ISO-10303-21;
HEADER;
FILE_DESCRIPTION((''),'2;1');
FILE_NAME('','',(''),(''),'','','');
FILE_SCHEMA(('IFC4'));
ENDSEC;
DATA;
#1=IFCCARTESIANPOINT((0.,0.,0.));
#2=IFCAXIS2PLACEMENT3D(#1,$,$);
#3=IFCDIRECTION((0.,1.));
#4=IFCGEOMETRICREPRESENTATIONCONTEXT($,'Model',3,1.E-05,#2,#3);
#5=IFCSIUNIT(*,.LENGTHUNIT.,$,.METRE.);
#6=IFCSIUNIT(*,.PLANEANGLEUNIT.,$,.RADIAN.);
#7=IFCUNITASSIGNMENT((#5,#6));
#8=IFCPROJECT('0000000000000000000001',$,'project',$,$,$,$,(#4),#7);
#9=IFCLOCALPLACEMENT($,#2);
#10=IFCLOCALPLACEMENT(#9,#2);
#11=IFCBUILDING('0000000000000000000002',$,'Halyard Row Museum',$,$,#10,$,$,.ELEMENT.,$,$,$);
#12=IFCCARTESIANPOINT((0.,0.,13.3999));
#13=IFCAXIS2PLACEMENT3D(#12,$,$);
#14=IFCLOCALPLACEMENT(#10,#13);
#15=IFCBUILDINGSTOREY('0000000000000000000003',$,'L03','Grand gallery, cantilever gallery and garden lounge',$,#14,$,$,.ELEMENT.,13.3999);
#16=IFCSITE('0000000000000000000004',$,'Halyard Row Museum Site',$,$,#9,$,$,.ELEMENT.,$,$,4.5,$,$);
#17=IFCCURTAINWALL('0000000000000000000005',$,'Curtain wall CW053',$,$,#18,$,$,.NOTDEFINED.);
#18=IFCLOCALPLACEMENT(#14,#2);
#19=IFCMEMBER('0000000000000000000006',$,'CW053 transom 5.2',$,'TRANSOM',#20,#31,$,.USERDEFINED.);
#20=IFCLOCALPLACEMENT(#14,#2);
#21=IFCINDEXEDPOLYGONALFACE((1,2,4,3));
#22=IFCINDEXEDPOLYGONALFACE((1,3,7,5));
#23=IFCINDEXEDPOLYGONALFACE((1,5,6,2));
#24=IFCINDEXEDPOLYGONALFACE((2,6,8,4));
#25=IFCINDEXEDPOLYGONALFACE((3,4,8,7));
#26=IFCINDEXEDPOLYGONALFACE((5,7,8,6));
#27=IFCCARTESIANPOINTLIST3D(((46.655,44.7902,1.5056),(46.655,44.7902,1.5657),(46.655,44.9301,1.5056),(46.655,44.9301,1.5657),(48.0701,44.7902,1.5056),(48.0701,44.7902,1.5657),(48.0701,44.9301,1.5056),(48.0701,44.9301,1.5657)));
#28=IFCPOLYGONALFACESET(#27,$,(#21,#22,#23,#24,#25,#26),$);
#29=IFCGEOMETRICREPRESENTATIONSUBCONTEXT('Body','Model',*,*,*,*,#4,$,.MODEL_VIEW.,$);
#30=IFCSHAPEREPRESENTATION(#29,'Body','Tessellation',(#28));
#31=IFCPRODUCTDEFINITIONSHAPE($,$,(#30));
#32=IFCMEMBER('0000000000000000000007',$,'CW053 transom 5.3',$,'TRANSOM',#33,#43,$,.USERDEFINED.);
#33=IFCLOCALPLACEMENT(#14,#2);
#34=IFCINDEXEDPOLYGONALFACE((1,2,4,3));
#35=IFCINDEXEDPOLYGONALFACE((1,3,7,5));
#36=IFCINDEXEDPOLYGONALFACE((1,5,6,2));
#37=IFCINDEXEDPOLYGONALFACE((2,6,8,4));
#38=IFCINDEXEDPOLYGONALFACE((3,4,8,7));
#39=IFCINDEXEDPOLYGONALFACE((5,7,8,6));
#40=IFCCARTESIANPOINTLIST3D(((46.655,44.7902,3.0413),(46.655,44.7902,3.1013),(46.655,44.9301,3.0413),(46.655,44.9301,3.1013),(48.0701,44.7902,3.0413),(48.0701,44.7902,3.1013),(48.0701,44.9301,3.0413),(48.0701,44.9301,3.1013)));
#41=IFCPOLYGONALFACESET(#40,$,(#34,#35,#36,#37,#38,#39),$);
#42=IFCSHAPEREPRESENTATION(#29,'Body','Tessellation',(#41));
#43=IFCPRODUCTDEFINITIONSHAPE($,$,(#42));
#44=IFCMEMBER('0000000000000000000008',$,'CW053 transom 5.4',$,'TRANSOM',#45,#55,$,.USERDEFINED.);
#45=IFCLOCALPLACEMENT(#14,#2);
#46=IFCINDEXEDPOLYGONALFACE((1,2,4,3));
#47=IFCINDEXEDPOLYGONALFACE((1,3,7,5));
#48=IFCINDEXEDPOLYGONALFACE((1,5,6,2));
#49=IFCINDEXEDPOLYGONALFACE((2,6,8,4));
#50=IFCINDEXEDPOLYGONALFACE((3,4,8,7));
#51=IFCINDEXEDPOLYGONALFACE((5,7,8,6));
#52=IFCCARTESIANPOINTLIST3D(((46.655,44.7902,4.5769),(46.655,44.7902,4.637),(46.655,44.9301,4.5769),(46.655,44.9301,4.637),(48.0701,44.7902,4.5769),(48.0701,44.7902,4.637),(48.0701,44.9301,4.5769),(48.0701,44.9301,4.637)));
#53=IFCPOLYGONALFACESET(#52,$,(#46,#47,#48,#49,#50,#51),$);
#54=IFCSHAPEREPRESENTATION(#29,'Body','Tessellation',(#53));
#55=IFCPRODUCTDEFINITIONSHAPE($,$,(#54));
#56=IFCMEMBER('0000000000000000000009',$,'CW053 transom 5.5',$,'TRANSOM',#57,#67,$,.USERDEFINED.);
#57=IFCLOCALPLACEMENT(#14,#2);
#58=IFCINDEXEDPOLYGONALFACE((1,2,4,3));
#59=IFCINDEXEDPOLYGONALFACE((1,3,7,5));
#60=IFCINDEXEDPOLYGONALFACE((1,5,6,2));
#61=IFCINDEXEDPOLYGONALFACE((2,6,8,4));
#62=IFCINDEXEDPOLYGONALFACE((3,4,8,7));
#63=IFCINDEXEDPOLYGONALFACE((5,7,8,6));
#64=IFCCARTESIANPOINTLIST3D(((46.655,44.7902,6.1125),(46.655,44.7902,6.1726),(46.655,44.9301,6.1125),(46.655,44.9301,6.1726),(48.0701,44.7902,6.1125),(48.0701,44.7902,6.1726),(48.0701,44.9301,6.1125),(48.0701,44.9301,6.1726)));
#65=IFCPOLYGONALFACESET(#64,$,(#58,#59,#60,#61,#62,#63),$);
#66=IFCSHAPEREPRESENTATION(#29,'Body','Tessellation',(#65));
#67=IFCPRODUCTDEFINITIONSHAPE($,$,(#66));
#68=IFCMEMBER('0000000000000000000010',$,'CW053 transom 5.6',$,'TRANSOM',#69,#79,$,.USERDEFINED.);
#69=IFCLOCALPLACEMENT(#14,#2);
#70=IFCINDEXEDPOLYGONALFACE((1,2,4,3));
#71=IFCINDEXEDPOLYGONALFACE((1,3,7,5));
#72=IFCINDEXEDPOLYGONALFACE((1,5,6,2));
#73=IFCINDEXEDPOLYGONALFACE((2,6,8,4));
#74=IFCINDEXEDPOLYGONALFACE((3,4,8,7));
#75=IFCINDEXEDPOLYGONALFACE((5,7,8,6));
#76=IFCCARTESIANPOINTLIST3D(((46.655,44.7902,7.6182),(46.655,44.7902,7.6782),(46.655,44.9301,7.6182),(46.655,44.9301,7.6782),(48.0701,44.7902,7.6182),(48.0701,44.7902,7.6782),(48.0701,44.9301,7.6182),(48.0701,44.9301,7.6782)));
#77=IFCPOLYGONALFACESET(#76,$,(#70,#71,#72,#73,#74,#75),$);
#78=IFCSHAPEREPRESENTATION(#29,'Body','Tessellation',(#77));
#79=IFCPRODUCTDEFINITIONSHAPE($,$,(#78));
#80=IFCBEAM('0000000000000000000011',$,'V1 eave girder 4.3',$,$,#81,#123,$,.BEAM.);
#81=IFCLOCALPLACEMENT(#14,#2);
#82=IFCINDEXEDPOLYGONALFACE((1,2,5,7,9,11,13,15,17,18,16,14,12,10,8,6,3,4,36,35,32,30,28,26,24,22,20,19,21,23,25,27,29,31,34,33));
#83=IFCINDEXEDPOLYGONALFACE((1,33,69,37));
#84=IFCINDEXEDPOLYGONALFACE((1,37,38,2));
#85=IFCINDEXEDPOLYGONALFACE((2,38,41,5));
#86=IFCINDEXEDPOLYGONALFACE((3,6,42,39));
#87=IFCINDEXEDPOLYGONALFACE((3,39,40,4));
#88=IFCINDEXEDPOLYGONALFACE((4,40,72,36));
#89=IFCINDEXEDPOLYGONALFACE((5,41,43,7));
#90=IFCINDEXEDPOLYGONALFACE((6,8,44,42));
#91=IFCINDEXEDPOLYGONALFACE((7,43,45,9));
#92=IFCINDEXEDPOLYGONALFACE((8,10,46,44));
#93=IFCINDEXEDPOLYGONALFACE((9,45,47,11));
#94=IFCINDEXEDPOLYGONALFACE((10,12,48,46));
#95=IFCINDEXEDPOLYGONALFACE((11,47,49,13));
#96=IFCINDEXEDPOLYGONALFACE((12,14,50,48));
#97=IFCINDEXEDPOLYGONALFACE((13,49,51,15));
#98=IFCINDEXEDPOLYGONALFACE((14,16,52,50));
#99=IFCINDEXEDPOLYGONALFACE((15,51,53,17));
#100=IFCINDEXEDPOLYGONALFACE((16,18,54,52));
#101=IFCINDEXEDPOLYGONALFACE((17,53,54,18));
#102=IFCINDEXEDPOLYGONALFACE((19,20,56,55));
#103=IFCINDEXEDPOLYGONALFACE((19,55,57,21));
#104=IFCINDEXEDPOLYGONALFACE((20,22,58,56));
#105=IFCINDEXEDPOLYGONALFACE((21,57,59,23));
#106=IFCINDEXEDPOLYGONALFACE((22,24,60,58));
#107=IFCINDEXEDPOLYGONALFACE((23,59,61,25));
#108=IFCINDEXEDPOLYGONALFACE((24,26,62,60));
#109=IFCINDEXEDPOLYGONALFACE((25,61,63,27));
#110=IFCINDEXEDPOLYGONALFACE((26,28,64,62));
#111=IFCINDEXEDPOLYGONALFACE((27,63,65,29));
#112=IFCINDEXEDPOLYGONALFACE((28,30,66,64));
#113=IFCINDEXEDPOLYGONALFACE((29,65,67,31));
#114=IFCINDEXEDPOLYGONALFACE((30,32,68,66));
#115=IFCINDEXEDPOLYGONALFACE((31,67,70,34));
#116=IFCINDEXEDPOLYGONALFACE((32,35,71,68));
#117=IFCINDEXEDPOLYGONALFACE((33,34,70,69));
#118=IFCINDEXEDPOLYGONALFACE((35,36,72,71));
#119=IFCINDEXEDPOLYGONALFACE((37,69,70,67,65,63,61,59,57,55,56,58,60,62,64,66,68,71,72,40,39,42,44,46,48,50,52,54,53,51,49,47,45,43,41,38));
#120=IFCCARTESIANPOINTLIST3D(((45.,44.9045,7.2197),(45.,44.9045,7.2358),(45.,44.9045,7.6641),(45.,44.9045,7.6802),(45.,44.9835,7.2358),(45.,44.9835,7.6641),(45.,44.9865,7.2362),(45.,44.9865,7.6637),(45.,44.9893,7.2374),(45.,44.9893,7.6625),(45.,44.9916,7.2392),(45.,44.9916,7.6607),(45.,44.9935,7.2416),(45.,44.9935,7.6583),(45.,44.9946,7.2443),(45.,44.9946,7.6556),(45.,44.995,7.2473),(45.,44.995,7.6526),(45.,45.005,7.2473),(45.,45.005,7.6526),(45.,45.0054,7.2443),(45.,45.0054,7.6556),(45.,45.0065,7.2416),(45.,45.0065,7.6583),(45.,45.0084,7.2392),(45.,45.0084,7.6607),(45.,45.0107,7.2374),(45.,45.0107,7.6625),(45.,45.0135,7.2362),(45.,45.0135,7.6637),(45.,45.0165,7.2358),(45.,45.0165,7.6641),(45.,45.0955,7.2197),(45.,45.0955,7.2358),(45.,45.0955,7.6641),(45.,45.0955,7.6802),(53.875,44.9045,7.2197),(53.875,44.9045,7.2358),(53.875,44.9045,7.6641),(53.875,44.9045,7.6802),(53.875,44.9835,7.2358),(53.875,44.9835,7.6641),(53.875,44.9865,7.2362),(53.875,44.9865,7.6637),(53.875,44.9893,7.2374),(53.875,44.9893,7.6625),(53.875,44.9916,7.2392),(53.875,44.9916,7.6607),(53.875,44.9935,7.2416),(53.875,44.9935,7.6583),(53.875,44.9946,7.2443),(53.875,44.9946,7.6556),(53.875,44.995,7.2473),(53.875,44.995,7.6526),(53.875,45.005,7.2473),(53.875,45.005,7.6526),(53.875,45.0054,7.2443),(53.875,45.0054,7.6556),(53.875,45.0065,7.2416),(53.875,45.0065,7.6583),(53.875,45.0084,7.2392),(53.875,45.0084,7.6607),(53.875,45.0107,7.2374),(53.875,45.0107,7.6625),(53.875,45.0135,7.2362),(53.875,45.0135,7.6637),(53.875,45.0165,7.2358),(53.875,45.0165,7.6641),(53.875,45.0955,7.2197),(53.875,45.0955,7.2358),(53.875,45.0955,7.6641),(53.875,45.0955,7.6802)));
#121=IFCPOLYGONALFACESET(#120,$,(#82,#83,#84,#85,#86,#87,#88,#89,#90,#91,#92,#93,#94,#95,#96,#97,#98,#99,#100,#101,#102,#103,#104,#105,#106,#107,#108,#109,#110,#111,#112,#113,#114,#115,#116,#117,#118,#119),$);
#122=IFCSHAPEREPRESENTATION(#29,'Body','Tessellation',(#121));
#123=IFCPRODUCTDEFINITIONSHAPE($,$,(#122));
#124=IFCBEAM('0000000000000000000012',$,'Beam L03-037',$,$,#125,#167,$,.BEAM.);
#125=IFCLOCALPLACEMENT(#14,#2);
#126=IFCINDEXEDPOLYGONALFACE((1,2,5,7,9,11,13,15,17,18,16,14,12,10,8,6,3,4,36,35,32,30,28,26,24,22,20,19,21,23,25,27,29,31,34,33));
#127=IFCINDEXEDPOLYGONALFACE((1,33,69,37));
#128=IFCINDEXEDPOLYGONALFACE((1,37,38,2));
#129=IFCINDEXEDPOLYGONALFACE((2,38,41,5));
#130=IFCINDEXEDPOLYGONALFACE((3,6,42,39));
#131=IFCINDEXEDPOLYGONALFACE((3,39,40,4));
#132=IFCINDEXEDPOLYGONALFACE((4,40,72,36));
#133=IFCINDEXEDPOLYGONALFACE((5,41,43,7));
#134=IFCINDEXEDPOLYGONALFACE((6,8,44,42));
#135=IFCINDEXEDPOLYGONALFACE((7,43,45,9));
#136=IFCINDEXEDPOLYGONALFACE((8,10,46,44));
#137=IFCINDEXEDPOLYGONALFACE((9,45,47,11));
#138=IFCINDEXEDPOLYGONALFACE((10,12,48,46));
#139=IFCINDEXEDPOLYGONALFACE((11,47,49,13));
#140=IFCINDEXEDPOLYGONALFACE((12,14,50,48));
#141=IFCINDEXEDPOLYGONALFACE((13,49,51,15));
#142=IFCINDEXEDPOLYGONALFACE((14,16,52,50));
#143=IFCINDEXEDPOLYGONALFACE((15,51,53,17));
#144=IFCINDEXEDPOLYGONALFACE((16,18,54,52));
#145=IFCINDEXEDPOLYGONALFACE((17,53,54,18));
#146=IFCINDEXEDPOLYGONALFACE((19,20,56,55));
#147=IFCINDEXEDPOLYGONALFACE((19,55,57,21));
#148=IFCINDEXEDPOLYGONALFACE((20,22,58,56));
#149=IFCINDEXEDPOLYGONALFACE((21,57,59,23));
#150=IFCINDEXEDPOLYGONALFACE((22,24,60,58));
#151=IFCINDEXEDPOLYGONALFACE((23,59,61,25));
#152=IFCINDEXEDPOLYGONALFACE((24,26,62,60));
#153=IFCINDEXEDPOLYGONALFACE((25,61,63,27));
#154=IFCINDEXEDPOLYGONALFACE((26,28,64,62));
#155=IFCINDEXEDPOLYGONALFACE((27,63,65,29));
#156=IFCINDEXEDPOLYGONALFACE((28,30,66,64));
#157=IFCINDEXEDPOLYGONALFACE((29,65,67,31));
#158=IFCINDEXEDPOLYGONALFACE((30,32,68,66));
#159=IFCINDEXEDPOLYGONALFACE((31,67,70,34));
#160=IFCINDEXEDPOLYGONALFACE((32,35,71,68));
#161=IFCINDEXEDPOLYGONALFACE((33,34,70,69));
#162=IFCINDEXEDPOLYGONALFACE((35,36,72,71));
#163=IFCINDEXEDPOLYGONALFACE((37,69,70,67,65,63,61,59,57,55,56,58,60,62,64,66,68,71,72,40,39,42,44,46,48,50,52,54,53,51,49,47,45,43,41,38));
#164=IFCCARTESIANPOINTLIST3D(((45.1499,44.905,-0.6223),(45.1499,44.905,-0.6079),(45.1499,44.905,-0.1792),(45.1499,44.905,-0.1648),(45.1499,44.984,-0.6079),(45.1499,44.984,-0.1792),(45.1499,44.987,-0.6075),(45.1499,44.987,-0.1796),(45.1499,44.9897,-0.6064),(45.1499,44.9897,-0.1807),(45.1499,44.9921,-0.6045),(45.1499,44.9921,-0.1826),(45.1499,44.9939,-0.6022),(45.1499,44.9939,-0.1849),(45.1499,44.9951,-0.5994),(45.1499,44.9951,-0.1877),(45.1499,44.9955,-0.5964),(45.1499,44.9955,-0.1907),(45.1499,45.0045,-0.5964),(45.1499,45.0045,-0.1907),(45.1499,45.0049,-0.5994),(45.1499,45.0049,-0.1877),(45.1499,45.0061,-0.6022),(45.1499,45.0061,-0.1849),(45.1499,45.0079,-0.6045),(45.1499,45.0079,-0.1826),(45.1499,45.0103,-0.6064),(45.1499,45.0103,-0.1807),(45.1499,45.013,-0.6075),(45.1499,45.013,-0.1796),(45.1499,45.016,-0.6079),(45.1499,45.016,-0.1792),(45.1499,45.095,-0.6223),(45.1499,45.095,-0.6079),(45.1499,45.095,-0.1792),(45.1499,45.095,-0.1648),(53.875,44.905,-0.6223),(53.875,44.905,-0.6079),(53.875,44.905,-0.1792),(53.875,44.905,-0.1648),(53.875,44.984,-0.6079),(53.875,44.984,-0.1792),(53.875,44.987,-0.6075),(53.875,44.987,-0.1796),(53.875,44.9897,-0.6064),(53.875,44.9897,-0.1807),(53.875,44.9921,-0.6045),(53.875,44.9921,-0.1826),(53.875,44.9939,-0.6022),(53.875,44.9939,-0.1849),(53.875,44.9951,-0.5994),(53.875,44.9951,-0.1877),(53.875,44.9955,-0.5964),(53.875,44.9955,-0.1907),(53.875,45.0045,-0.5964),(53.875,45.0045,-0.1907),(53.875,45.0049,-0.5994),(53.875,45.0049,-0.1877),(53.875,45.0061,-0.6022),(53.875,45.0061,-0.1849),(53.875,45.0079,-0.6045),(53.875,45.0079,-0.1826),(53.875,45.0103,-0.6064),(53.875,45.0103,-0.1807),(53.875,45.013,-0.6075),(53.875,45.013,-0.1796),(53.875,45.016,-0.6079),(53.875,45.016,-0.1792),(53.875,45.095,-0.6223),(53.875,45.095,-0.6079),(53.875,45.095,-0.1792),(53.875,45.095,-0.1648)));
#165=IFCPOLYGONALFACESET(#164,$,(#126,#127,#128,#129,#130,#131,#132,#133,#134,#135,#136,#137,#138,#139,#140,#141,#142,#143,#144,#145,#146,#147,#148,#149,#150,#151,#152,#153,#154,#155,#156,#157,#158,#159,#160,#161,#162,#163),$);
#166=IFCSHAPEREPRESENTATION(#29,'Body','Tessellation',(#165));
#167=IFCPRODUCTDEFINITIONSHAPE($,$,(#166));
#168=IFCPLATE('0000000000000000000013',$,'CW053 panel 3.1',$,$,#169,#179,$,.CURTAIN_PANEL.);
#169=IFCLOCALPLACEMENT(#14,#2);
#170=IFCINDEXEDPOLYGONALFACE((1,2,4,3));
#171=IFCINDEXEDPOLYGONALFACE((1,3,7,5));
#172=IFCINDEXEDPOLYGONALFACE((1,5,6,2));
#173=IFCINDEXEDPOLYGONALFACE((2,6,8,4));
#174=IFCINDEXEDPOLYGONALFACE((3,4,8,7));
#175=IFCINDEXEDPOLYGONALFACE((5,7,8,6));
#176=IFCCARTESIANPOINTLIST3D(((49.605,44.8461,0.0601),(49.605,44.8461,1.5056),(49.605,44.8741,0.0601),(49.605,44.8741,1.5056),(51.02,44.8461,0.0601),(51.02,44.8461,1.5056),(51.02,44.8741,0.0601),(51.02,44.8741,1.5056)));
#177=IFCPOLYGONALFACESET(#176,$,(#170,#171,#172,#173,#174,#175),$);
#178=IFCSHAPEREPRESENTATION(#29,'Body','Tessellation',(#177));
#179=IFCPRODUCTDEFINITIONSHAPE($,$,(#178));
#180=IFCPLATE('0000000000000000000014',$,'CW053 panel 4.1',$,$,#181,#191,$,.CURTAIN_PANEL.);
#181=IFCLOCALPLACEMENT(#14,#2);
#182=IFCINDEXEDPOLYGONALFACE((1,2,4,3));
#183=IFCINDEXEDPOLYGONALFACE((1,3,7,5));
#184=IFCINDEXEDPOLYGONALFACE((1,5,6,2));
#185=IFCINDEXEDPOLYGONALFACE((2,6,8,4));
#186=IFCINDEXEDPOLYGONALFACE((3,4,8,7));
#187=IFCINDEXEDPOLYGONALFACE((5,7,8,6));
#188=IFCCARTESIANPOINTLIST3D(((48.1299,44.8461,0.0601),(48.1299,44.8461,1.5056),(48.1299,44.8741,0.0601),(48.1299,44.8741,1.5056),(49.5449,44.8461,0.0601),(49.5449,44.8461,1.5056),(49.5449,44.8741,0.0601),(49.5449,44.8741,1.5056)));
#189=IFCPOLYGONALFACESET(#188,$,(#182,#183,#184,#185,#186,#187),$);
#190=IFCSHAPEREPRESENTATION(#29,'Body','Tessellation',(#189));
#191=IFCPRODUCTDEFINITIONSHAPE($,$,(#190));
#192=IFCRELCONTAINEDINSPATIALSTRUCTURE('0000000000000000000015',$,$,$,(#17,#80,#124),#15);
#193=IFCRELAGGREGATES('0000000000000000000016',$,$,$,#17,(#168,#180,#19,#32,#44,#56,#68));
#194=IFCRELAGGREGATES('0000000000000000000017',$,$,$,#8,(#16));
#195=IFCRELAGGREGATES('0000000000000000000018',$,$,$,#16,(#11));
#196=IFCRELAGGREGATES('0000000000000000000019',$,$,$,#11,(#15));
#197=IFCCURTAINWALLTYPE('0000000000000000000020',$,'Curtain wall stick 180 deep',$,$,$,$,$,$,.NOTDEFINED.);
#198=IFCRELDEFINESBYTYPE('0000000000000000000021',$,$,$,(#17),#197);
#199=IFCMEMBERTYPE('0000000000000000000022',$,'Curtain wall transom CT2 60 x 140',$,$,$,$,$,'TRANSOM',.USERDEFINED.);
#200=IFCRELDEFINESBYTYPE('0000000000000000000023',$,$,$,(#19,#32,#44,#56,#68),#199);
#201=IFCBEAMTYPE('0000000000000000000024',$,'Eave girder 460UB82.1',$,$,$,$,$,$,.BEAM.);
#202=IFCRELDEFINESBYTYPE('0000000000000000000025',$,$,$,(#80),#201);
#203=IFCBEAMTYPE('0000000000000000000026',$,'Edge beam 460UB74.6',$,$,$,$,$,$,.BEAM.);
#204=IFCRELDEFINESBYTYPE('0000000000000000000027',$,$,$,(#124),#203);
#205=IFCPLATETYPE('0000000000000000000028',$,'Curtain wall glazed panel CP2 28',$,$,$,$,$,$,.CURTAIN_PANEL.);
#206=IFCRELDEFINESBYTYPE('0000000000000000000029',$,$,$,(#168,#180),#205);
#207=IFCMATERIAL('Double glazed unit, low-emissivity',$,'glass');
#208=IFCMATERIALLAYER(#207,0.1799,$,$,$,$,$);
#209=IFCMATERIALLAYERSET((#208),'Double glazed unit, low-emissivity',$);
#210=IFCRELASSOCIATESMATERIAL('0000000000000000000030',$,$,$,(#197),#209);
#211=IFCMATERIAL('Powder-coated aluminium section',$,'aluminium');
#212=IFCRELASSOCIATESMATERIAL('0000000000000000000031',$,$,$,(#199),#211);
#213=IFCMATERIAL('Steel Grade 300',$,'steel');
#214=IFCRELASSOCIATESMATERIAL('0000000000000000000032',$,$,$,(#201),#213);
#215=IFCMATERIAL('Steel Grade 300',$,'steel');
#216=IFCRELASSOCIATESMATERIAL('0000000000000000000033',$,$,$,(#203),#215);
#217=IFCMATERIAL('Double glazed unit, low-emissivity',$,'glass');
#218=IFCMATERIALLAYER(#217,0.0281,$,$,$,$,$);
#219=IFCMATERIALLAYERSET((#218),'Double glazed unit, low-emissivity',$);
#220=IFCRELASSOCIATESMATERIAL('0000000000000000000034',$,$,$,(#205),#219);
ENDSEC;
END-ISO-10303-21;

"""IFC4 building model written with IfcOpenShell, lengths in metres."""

from ifc_helpers import new_model, si_unit, direction, frame, origin, origin_2d, place, context, subcontext, project, spatial, rectangle, i_section, extrude, material, layer, layer_set, material_profile, profile_set, type_object, element, aggregate, save


model = new_model("IFC4")

# Units and contexts
model_context = context("Model", 3, precision=1e-05, world=origin(), true_north=direction((0.0, 1.0)))
body_context = subcontext(model_context, "Body", "Model", "MODEL_VIEW")
ifc_project = project(units=[si_unit("LENGTHUNIT", "METRE"), si_unit("PLANEANGLEUNIT", "RADIAN")], contexts=[model_context])

# Site, building, storey
site_placement = place(None, origin())
site = spatial("IfcSite", under=ifc_project, at=site_placement, Name="Halyard Row Museum Site", CompositionType="ELEMENT", RefElevation=4.5)
building_placement = place(site_placement, origin())
building = spatial("IfcBuilding", under=site, at=building_placement, Name="Halyard Row Museum", CompositionType="ELEMENT")
storey_placement = place(building_placement, frame((0.0, 0.0, 13.3999)))
storey = spatial("IfcBuildingStorey", under=building, at=storey_placement, Name="L03", Description="Grand gallery, cantilever gallery and garden lounge", CompositionType="ELEMENT", Elevation=13.3999)

# Curtain wall, members
ifc_material_1 = material(Name="Double glazed unit, low-emissivity", Category="glass")
ifc_layer_1 = layer(ifc_material_1, 0.1799)
ifc_layer_set_1 = layer_set([ifc_layer_1], Name="Double glazed unit, low-emissivity")
curtain_wall_type = type_object("IfcCurtainWallType", Name="Curtain wall stick 180 deep", PredefinedType="NOTDEFINED", material=ifc_layer_set_1)
curtain_wall_placement = place(storey_placement, origin())
curtain_wall = element("IfcCurtainWall", 1, at=curtain_wall_placement, inside=storey, type_object=curtain_wall_type, Name="Curtain wall CW053", PredefinedType="NOTDEFINED")
ifc_material_2 = material(Name="Powder-coated aluminium section", Category="aluminium")
ifc_material_profile_1 = material_profile(ifc_material_2, rectangle(XDim=0.1399, YDim=0.0601, at=origin_2d()), Name="140x60 transom")
ifc_profile_set_1 = profile_set([ifc_material_profile_1], Name="Powder-coated aluminium section")
member_type_1 = type_object("IfcMemberType", Name="Curtain wall transom CT2 60 x 140", ElementType="TRANSOM", PredefinedType="USERDEFINED", material=ifc_profile_set_1)
member_1_placement = place(storey_placement, frame((48.0701, 44.8601, 1.5356), z_axis=(-1.0, 0.0, 0.0), x_axis=(0.0, -1.0, 0.0)))
member_1 = element("IfcMember", 2, at=member_1_placement, type_object=member_type_1, Name="CW053 transom 5.2", ObjectType="TRANSOM", PredefinedType="USERDEFINED", context=body_context, shape_type="SweptSolid", body=[
    extrude(rectangle(XDim=0.1399, YDim=0.0601, at=origin_2d()), origin(), (0.0, 0.0, 1.0), 1.415),
])
member_2_placement = place(storey_placement, frame((48.0701, 44.8601, 3.0713), z_axis=(-1.0, 0.0, 0.0), x_axis=(0.0, -1.0, 0.0)))
member_2 = element("IfcMember", 3, at=member_2_placement, type_object=member_type_1, Name="CW053 transom 5.3", ObjectType="TRANSOM", PredefinedType="USERDEFINED", context=body_context, shape_type="SweptSolid", body=[
    extrude(rectangle(XDim=0.1399, YDim=0.0601, at=origin_2d()), origin(), (0.0, 0.0, 1.0), 1.415),
])
member_3_placement = place(storey_placement, frame((48.0701, 44.8601, 4.6069), z_axis=(-1.0, 0.0, 0.0), x_axis=(0.0, -1.0, 0.0)))
member_3 = element("IfcMember", 4, at=member_3_placement, type_object=member_type_1, Name="CW053 transom 5.4", ObjectType="TRANSOM", PredefinedType="USERDEFINED", context=body_context, shape_type="SweptSolid", body=[
    extrude(rectangle(XDim=0.1399, YDim=0.0601, at=origin_2d()), origin(), (0.0, 0.0, 1.0), 1.415),
])
member_4_placement = place(storey_placement, frame((48.0701, 44.8601, 6.1426), z_axis=(-1.0, 0.0, 0.0), x_axis=(0.0, -1.0, 0.0)))
member_4 = element("IfcMember", 5, at=member_4_placement, type_object=member_type_1, Name="CW053 transom 5.5", ObjectType="TRANSOM", PredefinedType="USERDEFINED", context=body_context, shape_type="SweptSolid", body=[
    extrude(rectangle(XDim=0.1399, YDim=0.0601, at=origin_2d()), origin(), (0.0, 0.0, 1.0), 1.415),
])
member_5_placement = place(storey_placement, frame((48.0701, 44.8601, 7.6482), z_axis=(-1.0, 0.0, 0.0), x_axis=(0.0, -1.0, 0.0)))
member_5 = element("IfcMember", 6, at=member_5_placement, type_object=member_type_1, Name="CW053 transom 5.6", ObjectType="TRANSOM", PredefinedType="USERDEFINED", context=body_context, shape_type="SweptSolid", body=[
    extrude(rectangle(XDim=0.1399, YDim=0.0601, at=origin_2d()), origin(), (0.0, 0.0, 1.0), 1.415),
])

# Beams
ifc_material_3 = material(Name="Steel Grade 300", Category="steel")
ifc_material_profile_2 = material_profile(ifc_material_3, i_section(OverallWidth=0.1909, OverallDepth=0.4604, WebThickness=0.01, FlangeThickness=0.0161, FilletRadius=0.0115, at=origin_2d()), Name="460UB82.1")
ifc_profile_set_2 = profile_set([ifc_material_profile_2], Name="Steel Grade 300")
beam_type_1 = type_object("IfcBeamType", Name="Eave girder 460UB82.1", PredefinedType="BEAM", material=ifc_profile_set_2)
beam_1_placement = place(storey_placement, frame((45.0, 45.0, 7.45), z_axis=(1.0, 0.0, 0.0), x_axis=(0.0, 1.0, 0.0)))
element("IfcBeam", 7, at=beam_1_placement, inside=storey, type_object=beam_type_1, Name="V1 eave girder 4.3", PredefinedType="BEAM", context=body_context, shape_type="SweptSolid", body=[
    extrude(i_section(OverallWidth=0.1909, OverallDepth=0.4604, WebThickness=0.01, FlangeThickness=0.0161, FilletRadius=0.0115, at=origin_2d()), origin(), (0.0, 0.0, 1.0), 8.875),
])
ifc_material_4 = material(Name="Steel Grade 300", Category="steel")
ifc_material_profile_3 = material_profile(ifc_material_4, i_section(OverallWidth=0.1899, OverallDepth=0.4575, WebThickness=0.009, FlangeThickness=0.0144, FilletRadius=0.0115, at=origin_2d()), Name="460UB74.6")
ifc_profile_set_3 = profile_set([ifc_material_profile_3], Name="Steel Grade 300")
beam_type_2 = type_object("IfcBeamType", Name="Edge beam 460UB74.6", PredefinedType="BEAM", material=ifc_profile_set_3)
beam_2_placement = place(storey_placement, frame((45.1499, 45.0, -0.3936), z_axis=(1.0, 0.0, 0.0), x_axis=(0.0, 1.0, 0.0)))
element("IfcBeam", 8, at=beam_2_placement, inside=storey, type_object=beam_type_2, Name="Beam L03-037", PredefinedType="BEAM", context=body_context, shape_type="SweptSolid", body=[
    extrude(i_section(OverallWidth=0.1899, OverallDepth=0.4575, WebThickness=0.009, FlangeThickness=0.0144, FilletRadius=0.0115, at=origin_2d()), origin(), (0.0, 0.0, 1.0), 8.7251),
])

# Plates
ifc_material_5 = material(Name="Double glazed unit, low-emissivity", Category="glass")
ifc_layer_2 = layer(ifc_material_5, 0.0281)
ifc_layer_set_2 = layer_set([ifc_layer_2], Name="Double glazed unit, low-emissivity")
plate_type = type_object("IfcPlateType", Name="Curtain wall glazed panel CP2 28", PredefinedType="CURTAIN_PANEL", material=ifc_layer_set_2)
plate_1_placement = place(storey_placement, frame((50.3125, 44.8601, 0.0601), z_axis=(0.0, 0.0, 1.0), x_axis=(-1.0, 0.0, 0.0)))
plate_1 = element("IfcPlate", 9, at=plate_1_placement, type_object=plate_type, Name="CW053 panel 3.1", PredefinedType="CURTAIN_PANEL", context=body_context, shape_type="SweptSolid", body=[
    extrude(rectangle(XDim=1.415, YDim=0.0281, at=origin_2d()), origin(), (0.0, 0.0, 1.0), 1.4456),
])
plate_2_placement = place(storey_placement, frame((48.8374, 44.8601, 0.0601), z_axis=(0.0, 0.0, 1.0), x_axis=(-1.0, 0.0, 0.0)))
plate_2 = element("IfcPlate", 10, at=plate_2_placement, type_object=plate_type, Name="CW053 panel 4.1", PredefinedType="CURTAIN_PANEL", context=body_context, shape_type="SweptSolid", body=[
    extrude(rectangle(XDim=1.415, YDim=0.0281, at=origin_2d()), origin(), (0.0, 0.0, 1.0), 1.4456),
])
aggregate(curtain_wall, [plate_1, plate_2, member_1, member_2, member_3, member_4, member_5])

save(model, "model.ifc")
